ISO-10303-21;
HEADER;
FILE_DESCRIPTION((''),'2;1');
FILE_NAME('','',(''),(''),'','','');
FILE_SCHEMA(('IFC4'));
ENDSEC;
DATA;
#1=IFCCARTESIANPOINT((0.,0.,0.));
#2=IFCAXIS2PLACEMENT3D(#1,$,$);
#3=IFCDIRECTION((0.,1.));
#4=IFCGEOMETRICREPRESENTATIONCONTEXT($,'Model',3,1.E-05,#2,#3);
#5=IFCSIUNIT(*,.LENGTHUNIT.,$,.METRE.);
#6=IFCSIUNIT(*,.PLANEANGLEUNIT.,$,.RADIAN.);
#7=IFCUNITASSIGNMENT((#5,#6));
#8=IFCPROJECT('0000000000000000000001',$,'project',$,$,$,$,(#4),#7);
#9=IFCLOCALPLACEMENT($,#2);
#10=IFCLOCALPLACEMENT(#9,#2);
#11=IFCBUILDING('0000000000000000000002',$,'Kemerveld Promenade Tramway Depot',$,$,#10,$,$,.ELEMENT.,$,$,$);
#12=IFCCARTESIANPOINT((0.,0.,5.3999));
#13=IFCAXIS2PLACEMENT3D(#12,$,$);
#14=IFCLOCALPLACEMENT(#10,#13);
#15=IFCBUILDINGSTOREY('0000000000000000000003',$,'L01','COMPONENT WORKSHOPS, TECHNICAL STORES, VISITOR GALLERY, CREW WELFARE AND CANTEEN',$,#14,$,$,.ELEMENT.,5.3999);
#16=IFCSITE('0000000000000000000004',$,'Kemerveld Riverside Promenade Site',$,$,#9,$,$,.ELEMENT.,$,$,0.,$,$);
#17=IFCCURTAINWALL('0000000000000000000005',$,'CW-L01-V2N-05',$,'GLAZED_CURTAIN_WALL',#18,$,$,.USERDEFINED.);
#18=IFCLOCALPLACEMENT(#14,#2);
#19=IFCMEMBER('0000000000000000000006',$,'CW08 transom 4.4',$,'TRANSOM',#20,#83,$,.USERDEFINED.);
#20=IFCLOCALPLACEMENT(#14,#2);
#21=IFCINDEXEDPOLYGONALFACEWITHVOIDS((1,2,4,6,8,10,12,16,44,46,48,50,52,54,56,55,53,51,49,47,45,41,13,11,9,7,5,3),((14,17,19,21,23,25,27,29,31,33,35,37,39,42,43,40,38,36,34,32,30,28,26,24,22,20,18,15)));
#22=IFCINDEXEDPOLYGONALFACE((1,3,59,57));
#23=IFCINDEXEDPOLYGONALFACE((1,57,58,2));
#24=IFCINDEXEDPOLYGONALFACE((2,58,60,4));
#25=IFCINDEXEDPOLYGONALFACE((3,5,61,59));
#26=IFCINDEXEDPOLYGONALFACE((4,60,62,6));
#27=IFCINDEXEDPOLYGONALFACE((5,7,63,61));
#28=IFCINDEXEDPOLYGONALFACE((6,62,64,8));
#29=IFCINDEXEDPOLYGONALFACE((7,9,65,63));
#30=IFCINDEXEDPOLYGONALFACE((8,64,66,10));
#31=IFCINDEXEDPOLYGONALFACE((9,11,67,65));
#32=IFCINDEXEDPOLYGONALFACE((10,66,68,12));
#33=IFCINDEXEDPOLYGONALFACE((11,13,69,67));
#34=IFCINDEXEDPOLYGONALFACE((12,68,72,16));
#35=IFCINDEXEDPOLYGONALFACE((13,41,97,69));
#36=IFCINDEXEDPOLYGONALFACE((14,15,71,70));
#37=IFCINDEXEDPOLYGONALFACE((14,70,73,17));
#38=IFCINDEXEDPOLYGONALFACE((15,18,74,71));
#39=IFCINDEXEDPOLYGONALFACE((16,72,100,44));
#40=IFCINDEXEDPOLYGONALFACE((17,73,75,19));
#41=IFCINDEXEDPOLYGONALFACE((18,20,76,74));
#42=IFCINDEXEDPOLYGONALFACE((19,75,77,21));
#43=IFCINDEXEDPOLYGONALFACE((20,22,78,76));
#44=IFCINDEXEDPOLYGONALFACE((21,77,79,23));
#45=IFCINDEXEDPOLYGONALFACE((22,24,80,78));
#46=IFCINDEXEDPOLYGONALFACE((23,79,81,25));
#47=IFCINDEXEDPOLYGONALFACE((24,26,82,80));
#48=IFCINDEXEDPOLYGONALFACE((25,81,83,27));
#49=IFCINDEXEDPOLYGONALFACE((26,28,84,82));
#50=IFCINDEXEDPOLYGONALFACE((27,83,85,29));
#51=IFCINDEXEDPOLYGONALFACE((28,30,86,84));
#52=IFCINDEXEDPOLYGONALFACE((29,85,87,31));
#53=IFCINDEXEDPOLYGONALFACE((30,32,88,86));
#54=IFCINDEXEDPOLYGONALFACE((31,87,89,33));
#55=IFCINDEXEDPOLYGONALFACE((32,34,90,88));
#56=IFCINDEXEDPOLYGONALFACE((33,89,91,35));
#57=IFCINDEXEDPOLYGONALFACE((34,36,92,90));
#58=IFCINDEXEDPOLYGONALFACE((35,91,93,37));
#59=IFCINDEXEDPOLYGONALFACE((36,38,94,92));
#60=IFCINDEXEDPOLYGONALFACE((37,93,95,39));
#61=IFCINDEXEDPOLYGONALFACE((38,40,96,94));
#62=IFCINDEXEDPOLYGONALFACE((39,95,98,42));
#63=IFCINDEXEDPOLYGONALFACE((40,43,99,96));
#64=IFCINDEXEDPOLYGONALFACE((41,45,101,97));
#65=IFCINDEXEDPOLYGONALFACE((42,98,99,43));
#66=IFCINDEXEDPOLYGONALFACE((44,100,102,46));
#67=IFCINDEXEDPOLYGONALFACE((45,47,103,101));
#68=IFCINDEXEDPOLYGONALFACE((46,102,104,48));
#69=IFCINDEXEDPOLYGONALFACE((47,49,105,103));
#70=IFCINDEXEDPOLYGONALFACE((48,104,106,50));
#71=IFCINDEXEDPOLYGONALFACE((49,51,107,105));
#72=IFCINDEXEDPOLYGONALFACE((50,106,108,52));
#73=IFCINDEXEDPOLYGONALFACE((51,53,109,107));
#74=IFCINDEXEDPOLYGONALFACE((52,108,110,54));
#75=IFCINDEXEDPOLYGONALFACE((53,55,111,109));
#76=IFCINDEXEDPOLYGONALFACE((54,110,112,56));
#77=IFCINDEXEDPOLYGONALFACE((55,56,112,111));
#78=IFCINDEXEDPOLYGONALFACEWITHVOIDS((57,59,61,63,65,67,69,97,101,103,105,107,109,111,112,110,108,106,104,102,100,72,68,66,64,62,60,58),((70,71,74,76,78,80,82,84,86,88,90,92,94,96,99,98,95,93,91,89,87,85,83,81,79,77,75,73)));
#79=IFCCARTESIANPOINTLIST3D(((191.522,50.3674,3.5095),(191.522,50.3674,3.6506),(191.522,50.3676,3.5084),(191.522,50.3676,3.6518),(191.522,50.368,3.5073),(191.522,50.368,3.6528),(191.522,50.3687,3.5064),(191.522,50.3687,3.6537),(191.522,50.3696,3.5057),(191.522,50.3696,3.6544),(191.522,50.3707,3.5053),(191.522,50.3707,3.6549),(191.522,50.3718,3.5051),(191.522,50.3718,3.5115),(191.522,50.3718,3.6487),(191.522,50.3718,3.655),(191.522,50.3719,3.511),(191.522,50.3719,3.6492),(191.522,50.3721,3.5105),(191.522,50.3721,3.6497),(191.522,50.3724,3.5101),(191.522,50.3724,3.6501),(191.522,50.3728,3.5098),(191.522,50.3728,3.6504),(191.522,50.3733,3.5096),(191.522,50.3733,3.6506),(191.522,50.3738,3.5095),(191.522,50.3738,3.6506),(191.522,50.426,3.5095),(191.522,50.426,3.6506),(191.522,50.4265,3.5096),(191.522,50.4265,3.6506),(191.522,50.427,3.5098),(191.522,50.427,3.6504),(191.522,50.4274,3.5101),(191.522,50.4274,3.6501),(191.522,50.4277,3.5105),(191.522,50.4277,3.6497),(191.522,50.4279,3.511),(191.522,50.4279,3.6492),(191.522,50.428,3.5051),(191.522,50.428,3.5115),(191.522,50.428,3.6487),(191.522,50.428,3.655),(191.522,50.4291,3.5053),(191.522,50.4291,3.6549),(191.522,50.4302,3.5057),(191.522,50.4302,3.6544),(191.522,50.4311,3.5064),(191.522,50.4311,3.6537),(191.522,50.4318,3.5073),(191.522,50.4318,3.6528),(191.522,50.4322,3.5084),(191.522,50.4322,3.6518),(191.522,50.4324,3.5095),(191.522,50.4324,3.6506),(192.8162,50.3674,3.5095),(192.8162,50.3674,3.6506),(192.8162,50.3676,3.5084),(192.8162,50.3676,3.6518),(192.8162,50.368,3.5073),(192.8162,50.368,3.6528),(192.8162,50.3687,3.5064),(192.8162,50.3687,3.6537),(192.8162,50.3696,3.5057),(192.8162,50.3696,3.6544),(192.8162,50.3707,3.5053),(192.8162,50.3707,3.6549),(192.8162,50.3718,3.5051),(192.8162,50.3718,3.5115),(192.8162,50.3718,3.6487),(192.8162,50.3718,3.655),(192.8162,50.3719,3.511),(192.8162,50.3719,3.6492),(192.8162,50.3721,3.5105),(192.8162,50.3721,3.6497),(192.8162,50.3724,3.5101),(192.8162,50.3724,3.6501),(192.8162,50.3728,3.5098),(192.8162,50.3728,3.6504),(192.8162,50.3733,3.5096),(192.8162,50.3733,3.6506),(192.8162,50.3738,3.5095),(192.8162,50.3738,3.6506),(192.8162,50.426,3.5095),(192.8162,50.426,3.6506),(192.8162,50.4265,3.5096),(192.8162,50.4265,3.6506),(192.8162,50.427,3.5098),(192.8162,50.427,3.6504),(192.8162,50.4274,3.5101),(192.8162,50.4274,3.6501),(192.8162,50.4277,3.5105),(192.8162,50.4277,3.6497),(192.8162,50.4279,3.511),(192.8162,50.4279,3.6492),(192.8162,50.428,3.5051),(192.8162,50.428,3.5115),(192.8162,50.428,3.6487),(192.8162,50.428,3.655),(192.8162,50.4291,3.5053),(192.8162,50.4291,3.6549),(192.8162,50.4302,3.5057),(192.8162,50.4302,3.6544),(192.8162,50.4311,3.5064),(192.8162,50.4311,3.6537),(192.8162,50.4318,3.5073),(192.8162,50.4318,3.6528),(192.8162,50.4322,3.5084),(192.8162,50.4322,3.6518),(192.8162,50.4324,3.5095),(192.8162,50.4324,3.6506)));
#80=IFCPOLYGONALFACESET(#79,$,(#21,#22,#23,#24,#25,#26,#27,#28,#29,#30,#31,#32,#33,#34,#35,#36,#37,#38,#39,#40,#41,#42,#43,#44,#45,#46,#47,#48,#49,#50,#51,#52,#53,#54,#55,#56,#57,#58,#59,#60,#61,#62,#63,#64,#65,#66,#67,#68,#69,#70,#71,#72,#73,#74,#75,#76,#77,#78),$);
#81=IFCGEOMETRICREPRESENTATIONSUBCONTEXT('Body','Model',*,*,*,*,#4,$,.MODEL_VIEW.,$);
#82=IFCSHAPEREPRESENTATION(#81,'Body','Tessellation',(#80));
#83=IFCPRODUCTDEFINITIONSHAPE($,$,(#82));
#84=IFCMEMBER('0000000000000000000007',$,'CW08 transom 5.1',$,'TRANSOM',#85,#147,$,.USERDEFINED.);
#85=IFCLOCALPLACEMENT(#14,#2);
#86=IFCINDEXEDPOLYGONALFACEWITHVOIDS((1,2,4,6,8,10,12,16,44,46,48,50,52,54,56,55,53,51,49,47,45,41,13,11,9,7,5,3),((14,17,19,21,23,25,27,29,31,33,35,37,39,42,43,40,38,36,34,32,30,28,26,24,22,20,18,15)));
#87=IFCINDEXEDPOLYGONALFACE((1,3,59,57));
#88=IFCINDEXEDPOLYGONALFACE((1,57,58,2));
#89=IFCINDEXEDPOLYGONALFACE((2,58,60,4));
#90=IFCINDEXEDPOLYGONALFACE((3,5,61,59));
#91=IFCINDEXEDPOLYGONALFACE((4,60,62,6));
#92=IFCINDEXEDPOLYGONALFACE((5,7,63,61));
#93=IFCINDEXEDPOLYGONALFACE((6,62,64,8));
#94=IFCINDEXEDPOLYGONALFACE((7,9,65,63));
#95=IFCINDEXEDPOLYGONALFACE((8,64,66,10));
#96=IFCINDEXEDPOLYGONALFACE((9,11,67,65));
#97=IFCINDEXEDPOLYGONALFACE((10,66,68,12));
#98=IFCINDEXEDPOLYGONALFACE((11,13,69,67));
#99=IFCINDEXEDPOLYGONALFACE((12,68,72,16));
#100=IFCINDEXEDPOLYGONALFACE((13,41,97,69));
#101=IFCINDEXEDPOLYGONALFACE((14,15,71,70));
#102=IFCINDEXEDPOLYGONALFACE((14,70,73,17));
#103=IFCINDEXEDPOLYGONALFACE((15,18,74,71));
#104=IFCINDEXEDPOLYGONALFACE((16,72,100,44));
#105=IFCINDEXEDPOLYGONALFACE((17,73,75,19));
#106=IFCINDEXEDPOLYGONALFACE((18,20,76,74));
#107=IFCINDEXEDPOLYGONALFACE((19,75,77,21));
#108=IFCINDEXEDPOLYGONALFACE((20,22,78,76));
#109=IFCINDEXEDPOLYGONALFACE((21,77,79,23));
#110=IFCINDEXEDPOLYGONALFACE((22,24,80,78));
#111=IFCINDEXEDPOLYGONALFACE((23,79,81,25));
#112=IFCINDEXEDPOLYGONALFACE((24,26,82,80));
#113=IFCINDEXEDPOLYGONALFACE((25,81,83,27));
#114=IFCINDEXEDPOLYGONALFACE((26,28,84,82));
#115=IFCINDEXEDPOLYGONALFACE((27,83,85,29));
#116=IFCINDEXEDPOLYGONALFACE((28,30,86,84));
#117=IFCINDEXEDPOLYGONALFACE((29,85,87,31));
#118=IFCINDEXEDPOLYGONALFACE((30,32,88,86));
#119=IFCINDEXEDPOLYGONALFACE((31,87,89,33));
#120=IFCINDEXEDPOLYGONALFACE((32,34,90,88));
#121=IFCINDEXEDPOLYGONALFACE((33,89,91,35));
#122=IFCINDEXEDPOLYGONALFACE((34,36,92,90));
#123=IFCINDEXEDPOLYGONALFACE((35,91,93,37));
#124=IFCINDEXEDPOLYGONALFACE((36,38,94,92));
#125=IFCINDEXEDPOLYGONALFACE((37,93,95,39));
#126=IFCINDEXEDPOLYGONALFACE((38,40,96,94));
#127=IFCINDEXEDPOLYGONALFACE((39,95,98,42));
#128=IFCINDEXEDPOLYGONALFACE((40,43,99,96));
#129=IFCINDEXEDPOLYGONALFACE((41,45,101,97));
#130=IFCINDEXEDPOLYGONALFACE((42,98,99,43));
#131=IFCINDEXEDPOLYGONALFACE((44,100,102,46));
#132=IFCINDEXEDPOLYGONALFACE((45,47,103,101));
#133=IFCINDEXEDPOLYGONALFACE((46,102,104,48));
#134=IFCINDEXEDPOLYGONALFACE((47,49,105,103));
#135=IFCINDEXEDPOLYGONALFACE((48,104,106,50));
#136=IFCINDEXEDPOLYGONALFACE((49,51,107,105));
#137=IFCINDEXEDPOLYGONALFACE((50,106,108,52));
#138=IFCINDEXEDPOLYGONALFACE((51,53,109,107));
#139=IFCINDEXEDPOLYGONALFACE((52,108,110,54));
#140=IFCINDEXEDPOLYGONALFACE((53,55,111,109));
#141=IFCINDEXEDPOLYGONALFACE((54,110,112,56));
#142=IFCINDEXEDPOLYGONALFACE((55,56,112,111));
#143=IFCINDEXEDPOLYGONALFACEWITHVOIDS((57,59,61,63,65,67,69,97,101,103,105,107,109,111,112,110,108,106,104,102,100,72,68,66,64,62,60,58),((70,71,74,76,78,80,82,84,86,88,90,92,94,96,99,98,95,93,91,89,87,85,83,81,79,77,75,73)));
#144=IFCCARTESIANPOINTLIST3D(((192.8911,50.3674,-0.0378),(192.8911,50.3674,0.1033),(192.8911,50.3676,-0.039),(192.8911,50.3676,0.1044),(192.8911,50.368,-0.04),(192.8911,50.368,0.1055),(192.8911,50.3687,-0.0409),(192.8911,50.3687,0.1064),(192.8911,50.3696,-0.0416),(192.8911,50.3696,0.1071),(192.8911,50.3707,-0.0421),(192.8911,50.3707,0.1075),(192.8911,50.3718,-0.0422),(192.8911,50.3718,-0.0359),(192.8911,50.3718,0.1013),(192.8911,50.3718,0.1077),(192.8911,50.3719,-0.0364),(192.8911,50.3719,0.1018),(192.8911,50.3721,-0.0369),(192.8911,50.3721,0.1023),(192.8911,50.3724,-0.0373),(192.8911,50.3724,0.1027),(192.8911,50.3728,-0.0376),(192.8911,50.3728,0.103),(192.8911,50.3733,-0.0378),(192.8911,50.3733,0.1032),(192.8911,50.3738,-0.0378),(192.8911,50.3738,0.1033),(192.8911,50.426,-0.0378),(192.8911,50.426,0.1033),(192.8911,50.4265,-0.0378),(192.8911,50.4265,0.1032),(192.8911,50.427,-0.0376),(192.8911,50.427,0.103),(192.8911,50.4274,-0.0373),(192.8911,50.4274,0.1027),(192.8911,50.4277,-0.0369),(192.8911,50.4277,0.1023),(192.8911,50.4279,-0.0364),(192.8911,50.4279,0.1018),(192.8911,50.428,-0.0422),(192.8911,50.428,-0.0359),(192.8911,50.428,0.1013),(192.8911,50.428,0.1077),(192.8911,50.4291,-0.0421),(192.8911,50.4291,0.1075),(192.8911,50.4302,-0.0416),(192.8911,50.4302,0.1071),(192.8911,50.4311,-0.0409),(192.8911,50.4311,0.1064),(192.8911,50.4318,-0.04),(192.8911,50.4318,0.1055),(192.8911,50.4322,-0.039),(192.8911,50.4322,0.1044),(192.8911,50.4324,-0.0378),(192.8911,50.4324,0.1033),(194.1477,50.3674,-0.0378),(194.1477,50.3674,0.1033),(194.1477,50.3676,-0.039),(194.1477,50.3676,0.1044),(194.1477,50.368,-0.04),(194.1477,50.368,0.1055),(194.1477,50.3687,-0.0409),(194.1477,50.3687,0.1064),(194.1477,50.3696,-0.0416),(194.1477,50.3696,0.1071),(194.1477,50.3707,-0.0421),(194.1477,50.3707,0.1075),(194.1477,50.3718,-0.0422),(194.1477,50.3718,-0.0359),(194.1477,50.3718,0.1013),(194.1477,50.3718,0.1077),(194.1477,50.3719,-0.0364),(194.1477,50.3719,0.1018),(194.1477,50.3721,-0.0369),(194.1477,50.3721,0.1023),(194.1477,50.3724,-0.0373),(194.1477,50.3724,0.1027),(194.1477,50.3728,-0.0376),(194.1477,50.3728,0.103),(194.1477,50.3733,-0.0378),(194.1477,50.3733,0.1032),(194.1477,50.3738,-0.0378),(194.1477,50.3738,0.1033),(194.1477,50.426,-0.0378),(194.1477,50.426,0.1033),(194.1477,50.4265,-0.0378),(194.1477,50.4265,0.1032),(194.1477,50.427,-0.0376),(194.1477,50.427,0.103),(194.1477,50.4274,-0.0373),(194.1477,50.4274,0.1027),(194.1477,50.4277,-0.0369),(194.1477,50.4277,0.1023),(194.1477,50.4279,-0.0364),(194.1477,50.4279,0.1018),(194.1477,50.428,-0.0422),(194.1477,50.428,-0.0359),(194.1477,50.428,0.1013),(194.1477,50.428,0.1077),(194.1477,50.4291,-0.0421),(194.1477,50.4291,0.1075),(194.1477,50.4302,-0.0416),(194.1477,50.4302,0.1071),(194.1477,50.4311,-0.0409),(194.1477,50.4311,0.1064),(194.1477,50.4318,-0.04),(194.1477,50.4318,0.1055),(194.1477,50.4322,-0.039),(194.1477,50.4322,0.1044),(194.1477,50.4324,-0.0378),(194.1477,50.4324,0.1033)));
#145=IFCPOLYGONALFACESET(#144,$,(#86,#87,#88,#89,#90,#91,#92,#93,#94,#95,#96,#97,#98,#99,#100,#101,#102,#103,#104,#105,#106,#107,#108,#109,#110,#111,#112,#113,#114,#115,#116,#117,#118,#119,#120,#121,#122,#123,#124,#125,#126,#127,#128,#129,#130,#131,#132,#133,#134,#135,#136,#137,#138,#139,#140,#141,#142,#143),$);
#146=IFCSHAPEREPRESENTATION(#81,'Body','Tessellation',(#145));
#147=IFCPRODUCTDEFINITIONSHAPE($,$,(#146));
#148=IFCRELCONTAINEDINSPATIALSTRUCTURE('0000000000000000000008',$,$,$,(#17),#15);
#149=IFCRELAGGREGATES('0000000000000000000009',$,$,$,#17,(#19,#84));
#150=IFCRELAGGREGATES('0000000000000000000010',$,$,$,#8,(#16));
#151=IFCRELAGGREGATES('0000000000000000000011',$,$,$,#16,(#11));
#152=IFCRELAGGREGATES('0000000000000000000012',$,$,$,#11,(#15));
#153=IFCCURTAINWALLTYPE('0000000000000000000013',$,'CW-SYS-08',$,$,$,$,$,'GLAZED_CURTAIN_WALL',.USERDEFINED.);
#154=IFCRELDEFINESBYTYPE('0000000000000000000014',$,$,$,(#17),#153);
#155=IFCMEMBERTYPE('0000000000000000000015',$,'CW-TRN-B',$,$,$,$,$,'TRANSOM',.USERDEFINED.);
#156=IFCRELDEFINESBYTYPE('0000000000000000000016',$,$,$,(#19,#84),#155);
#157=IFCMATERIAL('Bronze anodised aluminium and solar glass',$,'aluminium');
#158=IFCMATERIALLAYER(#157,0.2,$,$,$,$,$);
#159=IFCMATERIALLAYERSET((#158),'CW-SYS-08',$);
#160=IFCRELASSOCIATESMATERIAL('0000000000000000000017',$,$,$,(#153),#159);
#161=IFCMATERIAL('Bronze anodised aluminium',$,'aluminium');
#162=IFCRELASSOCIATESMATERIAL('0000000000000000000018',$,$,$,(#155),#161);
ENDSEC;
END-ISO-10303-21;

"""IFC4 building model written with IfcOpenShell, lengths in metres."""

from ifc_helpers import new_model, si_unit, direction, frame, origin, origin_2d, place, context, subcontext, project, spatial, hollow_rectangle, extrude, material, layer, layer_set, material_profile, profile_set, type_object, element, aggregate, save


model = new_model("IFC4")

# Units and contexts
model_context = context("Model", 3, precision=1e-05, world=origin(), true_north=direction((0.0, 1.0)))
body_context = subcontext(model_context, "Body", "Model", "MODEL_VIEW")
ifc_project = project(units=[si_unit("LENGTHUNIT", "METRE"), si_unit("PLANEANGLEUNIT", "RADIAN")], contexts=[model_context])

# Site, building, storey
site_placement = place(None, origin())
site = spatial("IfcSite", under=ifc_project, at=site_placement, Name="Kemerveld Riverside Promenade Site", CompositionType="ELEMENT", RefElevation=0.0)
building_placement = place(site_placement, origin())
building = spatial("IfcBuilding", under=site, at=building_placement, Name="Kemerveld Promenade Tramway Depot", CompositionType="ELEMENT")
storey_placement = place(building_placement, frame((0.0, 0.0, 5.3999)))
storey = spatial("IfcBuildingStorey", under=building, at=storey_placement, Name="L01", Description="COMPONENT WORKSHOPS, TECHNICAL STORES, VISITOR GALLERY, CREW WELFARE AND CANTEEN", CompositionType="ELEMENT", Elevation=5.3999)

# Curtain wall
ifc_material_1 = material(Name="Bronze anodised aluminium and solar glass", Category="aluminium")
ifc_layer_1 = layer(ifc_material_1, 0.2)
ifc_layer_set_1 = layer_set([ifc_layer_1], Name="CW-SYS-08")
curtain_wall_type_1 = type_object("IfcCurtainWallType", Name="CW-SYS-08", ElementType="GLAZED_CURTAIN_WALL", PredefinedType="USERDEFINED", material=ifc_layer_set_1)
curtain_wall_1_placement = place(storey_placement, origin())
curtain_wall_1 = element("IfcCurtainWall", 1, at=curtain_wall_1_placement, inside=storey, type_object=curtain_wall_type_1, Name="CW-L01-V2N-05", ObjectType="GLAZED_CURTAIN_WALL", PredefinedType="USERDEFINED")
ifc_material_2 = material(Name="Bronze anodised aluminium", Category="aluminium")

# Members
ifc_material_profile_1 = material_profile(ifc_material_2, hollow_rectangle(XDim=0.0649, YDim=0.1499, WallThickness=0.0044, InnerFilletRadius=0.002, OuterFilletRadius=0.0044, at=origin_2d()), Name="CW-TRN-150x65")
ifc_profile_set_1 = profile_set([ifc_material_profile_1], Name="Bronze anodised aluminium")
member_type_1 = type_object("IfcMemberType", Name="CW-TRN-B", ElementType="TRANSOM", PredefinedType="USERDEFINED", material=ifc_profile_set_1)
member_1_placement = place(storey_placement, frame((191.522, 50.3999, 3.5801), z_axis=(1.0, 0.0, 0.0), x_axis=(0.0, 1.0, 0.0)))
member_1 = element("IfcMember", 2, at=member_1_placement, type_object=member_type_1, Name="CW08 transom 4.4", ObjectType="TRANSOM", PredefinedType="USERDEFINED", context=body_context, shape_type="SweptSolid", body=[
    extrude(hollow_rectangle(XDim=0.0649, YDim=0.1499, WallThickness=0.0044, InnerFilletRadius=0.002, OuterFilletRadius=0.0044, at=origin_2d()), origin(), (0.0, 0.0, 1.0), 1.2942),
])
member_2_placement = place(storey_placement, frame((192.8911, 50.3999, 0.0327), z_axis=(1.0, 0.0, 0.0), x_axis=(0.0, 1.0, 0.0)))
member_2 = element("IfcMember", 3, at=member_2_placement, type_object=member_type_1, Name="CW08 transom 5.1", ObjectType="TRANSOM", PredefinedType="USERDEFINED", context=body_context, shape_type="SweptSolid", body=[
    extrude(hollow_rectangle(XDim=0.0649, YDim=0.1499, WallThickness=0.0044, InnerFilletRadius=0.002, OuterFilletRadius=0.0044, at=origin_2d()), origin(), (0.0, 0.0, 1.0), 1.2566),
])

aggregate(curtain_wall_1, [member_1, member_2])

save(model, "model.ifc")
